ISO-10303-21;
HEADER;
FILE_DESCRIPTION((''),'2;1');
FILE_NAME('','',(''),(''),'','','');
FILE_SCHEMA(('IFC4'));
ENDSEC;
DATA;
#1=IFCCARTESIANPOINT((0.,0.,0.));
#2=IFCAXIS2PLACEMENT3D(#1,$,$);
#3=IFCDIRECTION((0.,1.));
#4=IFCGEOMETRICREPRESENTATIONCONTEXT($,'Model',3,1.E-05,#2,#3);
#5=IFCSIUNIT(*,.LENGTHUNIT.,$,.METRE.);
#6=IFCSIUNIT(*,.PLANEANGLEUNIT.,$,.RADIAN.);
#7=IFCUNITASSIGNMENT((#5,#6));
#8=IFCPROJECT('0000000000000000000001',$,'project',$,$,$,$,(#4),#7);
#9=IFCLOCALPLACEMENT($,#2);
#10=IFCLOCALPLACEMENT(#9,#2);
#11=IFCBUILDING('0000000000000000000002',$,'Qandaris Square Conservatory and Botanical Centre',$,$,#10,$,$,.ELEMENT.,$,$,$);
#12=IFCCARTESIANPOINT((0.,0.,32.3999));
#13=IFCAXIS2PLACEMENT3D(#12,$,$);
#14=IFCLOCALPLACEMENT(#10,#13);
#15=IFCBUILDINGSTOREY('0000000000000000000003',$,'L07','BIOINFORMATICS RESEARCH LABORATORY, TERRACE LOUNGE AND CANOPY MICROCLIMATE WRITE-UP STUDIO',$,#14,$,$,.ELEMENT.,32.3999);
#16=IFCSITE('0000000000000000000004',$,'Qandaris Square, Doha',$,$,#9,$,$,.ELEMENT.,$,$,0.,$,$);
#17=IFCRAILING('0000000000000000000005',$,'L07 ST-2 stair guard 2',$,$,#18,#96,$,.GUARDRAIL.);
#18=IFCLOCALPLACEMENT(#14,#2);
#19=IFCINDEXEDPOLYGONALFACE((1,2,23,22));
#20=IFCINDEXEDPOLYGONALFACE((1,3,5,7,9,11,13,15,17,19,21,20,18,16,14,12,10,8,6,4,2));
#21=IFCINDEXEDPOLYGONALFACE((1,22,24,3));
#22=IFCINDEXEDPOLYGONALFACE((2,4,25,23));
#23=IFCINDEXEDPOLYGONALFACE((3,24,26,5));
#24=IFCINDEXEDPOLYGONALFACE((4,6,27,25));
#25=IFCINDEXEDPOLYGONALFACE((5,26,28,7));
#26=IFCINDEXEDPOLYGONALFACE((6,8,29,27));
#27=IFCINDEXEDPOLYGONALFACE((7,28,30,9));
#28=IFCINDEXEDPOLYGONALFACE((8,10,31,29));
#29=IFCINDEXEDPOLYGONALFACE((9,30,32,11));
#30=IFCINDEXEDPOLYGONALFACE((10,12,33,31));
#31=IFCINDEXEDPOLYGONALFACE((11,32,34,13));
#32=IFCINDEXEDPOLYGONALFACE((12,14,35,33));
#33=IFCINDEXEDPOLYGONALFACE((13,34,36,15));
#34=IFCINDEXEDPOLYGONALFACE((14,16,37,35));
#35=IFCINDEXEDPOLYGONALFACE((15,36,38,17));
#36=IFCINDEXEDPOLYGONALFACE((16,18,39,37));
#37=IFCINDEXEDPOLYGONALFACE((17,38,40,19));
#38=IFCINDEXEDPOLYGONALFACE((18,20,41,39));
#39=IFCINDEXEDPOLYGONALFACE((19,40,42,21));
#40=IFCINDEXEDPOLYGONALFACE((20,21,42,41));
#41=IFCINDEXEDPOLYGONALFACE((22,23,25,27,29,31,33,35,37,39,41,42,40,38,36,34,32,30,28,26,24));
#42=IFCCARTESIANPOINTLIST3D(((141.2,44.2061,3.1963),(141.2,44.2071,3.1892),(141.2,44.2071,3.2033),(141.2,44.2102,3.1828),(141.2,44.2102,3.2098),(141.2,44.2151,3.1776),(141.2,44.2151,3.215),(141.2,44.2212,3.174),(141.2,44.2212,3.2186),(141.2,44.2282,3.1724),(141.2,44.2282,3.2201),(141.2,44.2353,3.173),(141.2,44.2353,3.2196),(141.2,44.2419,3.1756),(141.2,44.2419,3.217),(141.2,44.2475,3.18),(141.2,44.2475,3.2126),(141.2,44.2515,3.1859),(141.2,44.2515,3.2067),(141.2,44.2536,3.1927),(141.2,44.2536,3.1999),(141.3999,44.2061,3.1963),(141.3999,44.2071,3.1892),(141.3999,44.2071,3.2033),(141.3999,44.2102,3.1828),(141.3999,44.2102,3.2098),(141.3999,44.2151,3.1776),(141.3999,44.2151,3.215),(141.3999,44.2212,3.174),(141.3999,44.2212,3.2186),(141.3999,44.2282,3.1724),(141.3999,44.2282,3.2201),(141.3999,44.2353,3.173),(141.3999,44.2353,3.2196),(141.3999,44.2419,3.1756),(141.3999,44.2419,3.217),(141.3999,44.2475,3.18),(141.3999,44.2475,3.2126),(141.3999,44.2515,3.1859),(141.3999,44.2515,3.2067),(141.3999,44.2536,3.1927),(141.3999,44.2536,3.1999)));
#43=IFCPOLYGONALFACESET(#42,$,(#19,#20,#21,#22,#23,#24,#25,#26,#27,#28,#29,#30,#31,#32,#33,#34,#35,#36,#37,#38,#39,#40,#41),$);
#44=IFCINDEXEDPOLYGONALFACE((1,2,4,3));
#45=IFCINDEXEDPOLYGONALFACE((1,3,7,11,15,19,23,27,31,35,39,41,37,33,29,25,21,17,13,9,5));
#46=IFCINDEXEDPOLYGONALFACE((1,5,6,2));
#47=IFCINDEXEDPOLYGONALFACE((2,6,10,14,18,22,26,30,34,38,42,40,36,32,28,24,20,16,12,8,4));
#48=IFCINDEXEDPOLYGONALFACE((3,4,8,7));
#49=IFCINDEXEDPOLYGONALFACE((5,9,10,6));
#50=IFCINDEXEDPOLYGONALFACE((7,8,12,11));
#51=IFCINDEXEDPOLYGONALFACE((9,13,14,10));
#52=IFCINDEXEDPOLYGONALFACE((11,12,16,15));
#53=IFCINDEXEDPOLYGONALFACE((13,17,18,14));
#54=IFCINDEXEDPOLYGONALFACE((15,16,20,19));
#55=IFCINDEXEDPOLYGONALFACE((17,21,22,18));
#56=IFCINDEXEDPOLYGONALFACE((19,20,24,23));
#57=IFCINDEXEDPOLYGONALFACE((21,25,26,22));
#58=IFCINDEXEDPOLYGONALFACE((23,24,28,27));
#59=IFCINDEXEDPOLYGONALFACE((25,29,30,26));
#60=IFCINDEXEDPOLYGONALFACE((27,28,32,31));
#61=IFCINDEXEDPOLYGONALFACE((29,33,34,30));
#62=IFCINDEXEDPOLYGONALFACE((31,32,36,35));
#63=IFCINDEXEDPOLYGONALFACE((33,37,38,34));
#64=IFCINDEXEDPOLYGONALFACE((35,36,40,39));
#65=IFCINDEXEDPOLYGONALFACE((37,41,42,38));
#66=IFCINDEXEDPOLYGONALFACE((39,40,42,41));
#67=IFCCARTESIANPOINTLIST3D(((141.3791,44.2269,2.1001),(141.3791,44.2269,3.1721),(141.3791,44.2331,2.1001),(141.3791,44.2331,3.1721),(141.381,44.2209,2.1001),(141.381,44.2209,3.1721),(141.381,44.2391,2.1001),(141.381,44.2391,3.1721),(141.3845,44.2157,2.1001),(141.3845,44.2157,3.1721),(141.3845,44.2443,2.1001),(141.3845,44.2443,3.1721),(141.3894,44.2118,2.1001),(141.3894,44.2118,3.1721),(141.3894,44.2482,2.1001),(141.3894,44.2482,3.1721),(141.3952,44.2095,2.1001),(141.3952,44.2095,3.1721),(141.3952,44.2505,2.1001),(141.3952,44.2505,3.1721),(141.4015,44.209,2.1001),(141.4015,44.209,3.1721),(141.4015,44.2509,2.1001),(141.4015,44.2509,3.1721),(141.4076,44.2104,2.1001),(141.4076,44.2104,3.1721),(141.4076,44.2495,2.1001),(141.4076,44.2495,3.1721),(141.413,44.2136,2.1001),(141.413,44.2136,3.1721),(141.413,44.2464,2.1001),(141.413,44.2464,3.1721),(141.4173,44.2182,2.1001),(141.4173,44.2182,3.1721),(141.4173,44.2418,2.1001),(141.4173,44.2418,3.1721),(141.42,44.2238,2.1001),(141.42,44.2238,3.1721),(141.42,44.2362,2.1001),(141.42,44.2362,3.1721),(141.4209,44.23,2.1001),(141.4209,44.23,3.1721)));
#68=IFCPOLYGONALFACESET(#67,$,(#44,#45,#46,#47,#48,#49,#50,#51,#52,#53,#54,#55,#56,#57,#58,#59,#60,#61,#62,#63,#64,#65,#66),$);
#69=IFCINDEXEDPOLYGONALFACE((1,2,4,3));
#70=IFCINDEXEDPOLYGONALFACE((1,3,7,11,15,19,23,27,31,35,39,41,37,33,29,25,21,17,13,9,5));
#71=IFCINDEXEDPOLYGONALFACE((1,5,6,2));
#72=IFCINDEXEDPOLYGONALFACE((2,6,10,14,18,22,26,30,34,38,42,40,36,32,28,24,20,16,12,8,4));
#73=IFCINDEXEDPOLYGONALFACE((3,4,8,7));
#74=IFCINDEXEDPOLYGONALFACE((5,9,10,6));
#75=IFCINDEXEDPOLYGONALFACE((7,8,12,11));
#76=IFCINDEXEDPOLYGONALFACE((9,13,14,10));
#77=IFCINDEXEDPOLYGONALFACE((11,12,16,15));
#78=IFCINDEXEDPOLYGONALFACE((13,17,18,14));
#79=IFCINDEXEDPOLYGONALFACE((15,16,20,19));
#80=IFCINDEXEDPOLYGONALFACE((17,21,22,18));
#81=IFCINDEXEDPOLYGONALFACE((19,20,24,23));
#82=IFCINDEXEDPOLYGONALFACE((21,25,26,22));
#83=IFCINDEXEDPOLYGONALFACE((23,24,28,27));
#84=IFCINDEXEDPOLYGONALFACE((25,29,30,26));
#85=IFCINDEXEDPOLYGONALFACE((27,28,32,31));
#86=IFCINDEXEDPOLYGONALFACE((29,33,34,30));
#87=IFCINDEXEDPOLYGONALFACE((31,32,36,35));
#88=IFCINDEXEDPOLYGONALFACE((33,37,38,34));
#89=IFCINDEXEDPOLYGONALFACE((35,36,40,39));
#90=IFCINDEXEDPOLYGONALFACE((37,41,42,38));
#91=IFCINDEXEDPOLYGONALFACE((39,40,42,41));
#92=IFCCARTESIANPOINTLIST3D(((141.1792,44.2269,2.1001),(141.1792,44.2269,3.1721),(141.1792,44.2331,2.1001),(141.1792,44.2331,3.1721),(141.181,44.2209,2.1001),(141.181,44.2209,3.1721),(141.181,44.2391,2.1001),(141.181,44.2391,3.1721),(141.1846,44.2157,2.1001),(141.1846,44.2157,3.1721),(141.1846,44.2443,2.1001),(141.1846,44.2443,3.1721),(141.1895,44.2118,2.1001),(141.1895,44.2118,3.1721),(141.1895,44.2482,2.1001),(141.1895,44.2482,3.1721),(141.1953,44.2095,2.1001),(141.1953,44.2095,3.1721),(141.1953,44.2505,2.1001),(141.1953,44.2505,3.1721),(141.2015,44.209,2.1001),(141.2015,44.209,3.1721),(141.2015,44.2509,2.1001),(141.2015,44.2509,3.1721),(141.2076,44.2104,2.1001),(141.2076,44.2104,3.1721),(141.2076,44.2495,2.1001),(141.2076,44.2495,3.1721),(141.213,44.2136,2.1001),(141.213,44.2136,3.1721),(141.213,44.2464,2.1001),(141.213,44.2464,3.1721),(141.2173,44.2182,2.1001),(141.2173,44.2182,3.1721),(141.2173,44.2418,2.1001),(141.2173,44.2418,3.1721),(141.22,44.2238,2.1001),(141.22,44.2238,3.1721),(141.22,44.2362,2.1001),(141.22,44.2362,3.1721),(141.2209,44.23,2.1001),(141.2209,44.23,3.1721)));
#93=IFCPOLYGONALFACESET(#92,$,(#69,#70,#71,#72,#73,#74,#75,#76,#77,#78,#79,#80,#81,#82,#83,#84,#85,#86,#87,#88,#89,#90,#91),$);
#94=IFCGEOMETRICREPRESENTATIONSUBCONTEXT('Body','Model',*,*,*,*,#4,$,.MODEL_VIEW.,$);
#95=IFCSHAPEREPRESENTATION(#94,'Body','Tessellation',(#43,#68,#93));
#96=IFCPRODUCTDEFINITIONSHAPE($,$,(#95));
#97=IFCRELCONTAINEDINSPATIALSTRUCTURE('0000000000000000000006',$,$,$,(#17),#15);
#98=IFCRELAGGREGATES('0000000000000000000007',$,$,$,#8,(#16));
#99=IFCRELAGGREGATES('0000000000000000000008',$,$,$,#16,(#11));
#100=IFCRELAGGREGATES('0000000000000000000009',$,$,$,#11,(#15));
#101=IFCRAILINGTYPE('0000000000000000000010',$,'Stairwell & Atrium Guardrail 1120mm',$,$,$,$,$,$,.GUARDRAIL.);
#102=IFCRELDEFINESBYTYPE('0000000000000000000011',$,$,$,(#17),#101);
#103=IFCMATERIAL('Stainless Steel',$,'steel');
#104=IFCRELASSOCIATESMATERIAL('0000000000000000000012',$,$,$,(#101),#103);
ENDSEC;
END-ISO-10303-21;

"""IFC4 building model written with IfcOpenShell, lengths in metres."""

from ifc_helpers import new_model, si_unit, direction, frame, origin, origin_2d, place, context, subcontext, project, spatial, circle, extrude, material, type_object, element, save


model = new_model("IFC4")

# Units and contexts
model_context = context("Model", 3, precision=1e-05, world=origin(), true_north=direction((0.0, 1.0)))
body_context = subcontext(model_context, "Body", "Model", "MODEL_VIEW")
ifc_project = project(units=[si_unit("LENGTHUNIT", "METRE"), si_unit("PLANEANGLEUNIT", "RADIAN")], contexts=[model_context])

# Site, building, storey
site_placement = place(None, origin())
site = spatial("IfcSite", under=ifc_project, at=site_placement, Name="Qandaris Square, Doha", CompositionType="ELEMENT", RefElevation=0.0)
building_placement = place(site_placement, origin())
building = spatial("IfcBuilding", under=site, at=building_placement, Name="Qandaris Square Conservatory and Botanical Centre", CompositionType="ELEMENT")
storey_placement = place(building_placement, frame((0.0, 0.0, 32.3999)))
storey = spatial("IfcBuildingStorey", under=building, at=storey_placement, Name="L07", Description="BIOINFORMATICS RESEARCH LABORATORY, TERRACE LOUNGE AND CANOPY MICROCLIMATE WRITE-UP STUDIO", CompositionType="ELEMENT", Elevation=32.3999)

# Railing
ifc_material_1 = material(Name="Stainless Steel", Category="steel")
railing_type_1 = type_object("IfcRailingType", Name="Stairwell & Atrium Guardrail 1120mm", PredefinedType="GUARDRAIL", material=ifc_material_1)
railing_1_placement = place(storey_placement, frame((141.3999, 44.23, 2.1001)))
element("IfcRailing", 1, at=railing_1_placement, inside=storey, type_object=railing_type_1, Name="L07 ST-2 stair guard 2", PredefinedType="GUARDRAIL", context=body_context, shape_type="SweptSolid", body=[
    extrude(circle(Radius=0.0239, at=origin_2d()), frame((0.0, 0.0, 1.0962), z_axis=(-1.0, 0.0, 0.0), x_axis=(0.0, -1.0, 0.0)), (0.0, 0.0, 1.0), 0.2),
    extrude(circle(Radius=0.021, at=origin_2d()), origin(), (0.0, 0.0, 1.0), 1.072),
    extrude(circle(Radius=0.021, at=origin_2d()), frame((-0.2, 0.0, 0.0)), (0.0, 0.0, 1.0), 1.072),
])

save(model, "model.ifc")
